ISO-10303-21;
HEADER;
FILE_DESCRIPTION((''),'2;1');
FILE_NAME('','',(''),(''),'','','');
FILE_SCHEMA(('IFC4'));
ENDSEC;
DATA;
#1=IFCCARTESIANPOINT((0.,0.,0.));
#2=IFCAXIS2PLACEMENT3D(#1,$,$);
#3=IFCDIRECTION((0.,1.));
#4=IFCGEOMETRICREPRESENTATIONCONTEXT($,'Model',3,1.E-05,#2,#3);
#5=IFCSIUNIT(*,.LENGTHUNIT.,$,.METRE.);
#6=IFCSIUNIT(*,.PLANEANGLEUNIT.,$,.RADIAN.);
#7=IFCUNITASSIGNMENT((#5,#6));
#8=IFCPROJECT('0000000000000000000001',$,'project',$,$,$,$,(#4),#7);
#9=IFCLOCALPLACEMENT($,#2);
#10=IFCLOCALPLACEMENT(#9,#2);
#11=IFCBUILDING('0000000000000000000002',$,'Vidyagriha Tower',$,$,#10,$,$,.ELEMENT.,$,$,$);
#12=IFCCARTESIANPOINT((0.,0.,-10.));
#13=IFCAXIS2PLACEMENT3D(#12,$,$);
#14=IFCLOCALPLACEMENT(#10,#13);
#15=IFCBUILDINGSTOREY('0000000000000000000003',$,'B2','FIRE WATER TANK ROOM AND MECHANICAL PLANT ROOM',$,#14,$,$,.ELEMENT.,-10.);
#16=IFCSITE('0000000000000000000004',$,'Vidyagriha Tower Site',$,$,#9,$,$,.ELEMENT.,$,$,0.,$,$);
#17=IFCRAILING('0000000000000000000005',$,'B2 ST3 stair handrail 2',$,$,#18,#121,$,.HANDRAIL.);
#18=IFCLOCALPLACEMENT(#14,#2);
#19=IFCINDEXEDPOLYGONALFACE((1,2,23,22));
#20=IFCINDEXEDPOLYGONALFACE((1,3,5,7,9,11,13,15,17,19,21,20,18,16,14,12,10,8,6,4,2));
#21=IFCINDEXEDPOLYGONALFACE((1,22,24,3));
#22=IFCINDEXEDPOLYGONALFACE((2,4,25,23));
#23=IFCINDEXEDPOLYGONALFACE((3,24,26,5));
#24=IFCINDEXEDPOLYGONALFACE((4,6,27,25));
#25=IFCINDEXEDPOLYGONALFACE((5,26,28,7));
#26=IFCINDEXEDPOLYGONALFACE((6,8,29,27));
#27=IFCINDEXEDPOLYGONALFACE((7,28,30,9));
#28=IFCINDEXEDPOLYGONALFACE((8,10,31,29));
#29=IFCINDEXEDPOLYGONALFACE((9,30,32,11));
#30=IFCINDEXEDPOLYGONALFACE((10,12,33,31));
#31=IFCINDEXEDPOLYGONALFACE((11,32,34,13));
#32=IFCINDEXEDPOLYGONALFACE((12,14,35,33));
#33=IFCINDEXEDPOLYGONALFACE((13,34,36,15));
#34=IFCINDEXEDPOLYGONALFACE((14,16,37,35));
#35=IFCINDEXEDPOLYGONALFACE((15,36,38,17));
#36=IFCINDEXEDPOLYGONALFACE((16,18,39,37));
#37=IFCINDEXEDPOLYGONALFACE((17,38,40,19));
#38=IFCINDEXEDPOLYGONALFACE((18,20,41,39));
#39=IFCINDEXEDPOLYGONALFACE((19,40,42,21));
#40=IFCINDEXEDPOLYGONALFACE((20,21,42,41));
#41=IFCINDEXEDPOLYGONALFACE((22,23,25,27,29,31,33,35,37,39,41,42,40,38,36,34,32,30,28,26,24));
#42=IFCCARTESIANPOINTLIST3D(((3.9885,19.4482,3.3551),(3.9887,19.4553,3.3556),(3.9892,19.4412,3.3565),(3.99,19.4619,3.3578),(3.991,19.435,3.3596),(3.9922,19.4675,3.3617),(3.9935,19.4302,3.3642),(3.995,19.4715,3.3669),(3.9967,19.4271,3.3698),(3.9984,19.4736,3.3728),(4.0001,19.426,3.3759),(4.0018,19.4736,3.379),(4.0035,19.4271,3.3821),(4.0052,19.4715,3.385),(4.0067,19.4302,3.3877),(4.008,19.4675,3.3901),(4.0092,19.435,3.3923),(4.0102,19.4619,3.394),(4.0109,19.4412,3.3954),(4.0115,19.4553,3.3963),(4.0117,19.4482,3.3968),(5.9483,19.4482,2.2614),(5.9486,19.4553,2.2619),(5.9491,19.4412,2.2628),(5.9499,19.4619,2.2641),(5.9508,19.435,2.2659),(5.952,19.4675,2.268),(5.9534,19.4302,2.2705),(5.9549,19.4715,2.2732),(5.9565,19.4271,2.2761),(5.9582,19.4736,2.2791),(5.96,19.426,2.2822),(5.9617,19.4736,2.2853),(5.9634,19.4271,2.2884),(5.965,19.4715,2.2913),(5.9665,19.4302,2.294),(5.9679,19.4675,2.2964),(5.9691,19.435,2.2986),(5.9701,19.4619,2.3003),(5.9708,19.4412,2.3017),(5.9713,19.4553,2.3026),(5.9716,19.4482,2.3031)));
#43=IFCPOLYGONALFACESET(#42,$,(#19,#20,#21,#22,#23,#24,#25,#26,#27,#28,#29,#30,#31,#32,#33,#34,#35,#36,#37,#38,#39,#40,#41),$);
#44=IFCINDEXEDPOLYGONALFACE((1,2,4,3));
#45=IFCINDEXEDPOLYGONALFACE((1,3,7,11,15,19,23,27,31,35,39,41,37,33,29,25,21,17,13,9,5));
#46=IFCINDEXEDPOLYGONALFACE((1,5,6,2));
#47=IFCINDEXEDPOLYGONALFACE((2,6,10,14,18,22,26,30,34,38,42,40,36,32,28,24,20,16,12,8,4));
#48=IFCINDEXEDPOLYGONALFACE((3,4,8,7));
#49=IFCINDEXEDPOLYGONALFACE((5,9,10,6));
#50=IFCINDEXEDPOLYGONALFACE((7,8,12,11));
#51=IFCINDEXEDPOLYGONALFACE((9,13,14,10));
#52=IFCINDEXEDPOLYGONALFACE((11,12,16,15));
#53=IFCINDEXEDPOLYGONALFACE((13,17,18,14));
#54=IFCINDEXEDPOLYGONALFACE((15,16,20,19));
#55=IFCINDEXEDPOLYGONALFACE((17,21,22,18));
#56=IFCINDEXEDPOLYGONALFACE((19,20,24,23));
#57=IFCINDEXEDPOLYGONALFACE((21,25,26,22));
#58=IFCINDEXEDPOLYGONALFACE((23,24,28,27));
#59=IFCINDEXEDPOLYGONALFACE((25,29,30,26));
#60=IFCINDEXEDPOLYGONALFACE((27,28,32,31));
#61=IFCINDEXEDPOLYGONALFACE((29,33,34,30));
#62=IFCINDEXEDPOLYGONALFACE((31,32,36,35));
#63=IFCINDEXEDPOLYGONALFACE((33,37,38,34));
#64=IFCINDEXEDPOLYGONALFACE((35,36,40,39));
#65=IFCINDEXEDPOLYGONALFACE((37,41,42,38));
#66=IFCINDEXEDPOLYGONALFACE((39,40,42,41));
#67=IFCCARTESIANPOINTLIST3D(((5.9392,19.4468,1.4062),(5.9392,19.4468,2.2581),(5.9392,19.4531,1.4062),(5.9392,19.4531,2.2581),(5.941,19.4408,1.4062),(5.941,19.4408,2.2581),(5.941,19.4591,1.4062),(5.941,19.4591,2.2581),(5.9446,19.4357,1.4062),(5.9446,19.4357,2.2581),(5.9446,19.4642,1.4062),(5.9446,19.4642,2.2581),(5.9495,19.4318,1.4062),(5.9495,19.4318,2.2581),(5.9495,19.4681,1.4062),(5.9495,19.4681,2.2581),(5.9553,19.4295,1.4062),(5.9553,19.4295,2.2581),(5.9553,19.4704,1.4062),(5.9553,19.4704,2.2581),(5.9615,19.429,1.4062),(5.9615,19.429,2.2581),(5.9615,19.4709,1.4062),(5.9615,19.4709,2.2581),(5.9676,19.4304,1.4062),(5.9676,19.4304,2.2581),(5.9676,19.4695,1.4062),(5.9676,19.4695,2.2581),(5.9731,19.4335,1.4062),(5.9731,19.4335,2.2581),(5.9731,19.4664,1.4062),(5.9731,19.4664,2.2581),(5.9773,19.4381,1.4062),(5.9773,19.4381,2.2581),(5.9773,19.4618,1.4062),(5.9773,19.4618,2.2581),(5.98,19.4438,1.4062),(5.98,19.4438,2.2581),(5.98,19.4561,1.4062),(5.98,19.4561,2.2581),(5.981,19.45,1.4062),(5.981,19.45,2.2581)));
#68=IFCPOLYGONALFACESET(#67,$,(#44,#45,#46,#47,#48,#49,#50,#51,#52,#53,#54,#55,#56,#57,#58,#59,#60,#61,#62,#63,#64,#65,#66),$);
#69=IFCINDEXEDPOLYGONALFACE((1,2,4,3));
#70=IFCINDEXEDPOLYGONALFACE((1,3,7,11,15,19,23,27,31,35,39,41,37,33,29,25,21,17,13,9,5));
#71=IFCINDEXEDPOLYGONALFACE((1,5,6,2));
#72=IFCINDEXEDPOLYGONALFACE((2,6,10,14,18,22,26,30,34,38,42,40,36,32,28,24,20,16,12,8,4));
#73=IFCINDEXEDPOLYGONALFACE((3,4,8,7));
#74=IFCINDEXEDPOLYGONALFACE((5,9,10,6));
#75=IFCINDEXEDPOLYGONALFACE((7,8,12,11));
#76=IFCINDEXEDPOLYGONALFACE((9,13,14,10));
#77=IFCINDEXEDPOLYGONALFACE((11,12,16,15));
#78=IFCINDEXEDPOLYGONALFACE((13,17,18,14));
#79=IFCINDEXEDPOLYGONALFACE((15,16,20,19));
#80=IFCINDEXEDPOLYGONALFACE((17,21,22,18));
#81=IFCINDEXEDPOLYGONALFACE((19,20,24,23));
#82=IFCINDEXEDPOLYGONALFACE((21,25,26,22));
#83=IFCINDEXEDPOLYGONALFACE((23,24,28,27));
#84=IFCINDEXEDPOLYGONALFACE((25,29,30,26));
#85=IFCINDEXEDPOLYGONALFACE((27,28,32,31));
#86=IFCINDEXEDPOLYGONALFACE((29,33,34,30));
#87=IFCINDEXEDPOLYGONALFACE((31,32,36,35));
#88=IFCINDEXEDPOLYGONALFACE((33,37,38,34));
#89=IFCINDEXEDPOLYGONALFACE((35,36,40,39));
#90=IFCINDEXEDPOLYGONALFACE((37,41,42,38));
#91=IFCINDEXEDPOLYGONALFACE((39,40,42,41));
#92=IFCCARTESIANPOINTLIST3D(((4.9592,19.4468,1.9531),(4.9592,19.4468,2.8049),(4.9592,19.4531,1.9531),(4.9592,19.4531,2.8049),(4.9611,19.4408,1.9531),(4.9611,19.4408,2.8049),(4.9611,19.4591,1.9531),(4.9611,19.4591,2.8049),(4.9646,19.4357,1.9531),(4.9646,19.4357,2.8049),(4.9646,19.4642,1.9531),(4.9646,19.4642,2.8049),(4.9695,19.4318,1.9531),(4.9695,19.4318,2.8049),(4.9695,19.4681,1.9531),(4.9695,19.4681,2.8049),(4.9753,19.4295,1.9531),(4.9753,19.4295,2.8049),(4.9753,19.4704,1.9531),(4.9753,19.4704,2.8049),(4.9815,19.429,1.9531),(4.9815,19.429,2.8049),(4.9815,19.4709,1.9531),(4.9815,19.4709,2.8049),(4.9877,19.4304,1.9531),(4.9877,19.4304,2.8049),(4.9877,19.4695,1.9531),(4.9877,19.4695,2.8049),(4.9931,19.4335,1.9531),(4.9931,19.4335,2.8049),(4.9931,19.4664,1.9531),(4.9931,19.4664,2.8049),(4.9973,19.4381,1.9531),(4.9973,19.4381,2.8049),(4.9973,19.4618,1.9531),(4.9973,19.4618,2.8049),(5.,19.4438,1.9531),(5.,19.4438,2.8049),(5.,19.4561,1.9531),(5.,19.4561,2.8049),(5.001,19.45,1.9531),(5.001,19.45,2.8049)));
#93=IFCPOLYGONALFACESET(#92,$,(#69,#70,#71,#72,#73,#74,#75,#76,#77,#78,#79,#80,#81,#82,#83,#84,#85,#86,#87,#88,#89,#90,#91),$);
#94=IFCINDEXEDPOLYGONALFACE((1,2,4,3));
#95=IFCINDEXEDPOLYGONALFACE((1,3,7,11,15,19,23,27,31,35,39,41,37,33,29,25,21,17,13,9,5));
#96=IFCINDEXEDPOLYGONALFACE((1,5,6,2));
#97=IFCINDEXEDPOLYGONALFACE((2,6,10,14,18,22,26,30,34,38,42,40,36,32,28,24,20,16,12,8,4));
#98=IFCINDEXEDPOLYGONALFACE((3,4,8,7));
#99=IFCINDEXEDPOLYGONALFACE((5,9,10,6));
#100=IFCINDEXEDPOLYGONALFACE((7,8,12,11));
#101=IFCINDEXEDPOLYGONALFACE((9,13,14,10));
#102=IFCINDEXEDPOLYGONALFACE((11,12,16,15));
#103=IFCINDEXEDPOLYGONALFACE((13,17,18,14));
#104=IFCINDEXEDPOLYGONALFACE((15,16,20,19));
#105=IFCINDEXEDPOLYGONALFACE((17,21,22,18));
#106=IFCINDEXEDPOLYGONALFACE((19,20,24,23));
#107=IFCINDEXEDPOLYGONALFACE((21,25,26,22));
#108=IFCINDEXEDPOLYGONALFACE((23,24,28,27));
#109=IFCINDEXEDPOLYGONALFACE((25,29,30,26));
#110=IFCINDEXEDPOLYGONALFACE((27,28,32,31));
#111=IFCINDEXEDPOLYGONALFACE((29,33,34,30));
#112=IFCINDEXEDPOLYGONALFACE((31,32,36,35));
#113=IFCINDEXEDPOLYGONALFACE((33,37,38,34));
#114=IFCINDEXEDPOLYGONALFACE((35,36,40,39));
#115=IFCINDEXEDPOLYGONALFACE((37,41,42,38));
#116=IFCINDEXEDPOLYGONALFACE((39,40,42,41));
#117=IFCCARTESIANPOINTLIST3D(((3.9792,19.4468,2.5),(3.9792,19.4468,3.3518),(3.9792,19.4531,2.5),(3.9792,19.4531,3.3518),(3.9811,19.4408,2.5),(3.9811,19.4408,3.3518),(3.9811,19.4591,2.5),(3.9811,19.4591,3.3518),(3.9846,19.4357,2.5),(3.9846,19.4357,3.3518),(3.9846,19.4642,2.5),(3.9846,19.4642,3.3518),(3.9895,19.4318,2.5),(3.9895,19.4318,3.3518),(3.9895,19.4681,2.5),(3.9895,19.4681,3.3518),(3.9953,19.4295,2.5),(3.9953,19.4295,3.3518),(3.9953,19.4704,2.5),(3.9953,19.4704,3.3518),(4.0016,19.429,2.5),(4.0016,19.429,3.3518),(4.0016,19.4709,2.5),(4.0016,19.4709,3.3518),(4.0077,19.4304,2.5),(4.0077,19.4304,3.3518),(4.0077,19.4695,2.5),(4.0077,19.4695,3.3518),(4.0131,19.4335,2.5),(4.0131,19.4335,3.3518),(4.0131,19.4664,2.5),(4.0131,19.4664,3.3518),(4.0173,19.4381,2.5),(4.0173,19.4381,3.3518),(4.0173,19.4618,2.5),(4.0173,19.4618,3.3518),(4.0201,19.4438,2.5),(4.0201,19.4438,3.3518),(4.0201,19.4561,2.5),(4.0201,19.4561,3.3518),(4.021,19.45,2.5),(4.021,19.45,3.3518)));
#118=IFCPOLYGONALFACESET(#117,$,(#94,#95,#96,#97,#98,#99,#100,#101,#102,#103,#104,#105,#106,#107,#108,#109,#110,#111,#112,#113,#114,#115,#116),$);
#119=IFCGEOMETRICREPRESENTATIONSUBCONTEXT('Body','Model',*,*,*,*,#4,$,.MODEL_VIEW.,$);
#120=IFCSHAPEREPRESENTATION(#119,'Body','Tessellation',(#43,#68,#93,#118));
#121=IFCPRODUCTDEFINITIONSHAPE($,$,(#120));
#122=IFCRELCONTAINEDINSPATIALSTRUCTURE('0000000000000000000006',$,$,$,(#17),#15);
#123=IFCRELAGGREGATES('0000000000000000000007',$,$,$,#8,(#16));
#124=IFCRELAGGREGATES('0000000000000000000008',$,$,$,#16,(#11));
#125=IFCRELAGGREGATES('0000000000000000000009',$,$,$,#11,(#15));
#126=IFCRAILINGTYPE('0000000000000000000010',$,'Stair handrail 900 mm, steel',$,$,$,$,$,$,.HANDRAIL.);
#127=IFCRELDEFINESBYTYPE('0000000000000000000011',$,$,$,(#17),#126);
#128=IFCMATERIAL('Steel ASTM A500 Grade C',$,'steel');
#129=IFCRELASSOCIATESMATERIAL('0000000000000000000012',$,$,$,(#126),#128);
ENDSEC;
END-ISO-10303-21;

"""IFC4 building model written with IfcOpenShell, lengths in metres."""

from ifc_helpers import new_model, si_unit, direction, frame, origin, origin_2d, place, context, subcontext, project, spatial, circle, extrude, material, type_object, element, save


model = new_model("IFC4")

# Units and contexts
model_context = context("Model", 3, precision=1e-05, world=origin(), true_north=direction((0.0, 1.0)))
body_context = subcontext(model_context, "Body", "Model", "MODEL_VIEW")
ifc_project = project(units=[si_unit("LENGTHUNIT", "METRE"), si_unit("PLANEANGLEUNIT", "RADIAN")], contexts=[model_context])

# Site, building, storey
site_placement = place(None, origin())
site = spatial("IfcSite", under=ifc_project, at=site_placement, Name="Vidyagriha Tower Site", CompositionType="ELEMENT", RefElevation=0.0)
building_placement = place(site_placement, origin())
building = spatial("IfcBuilding", under=site, at=building_placement, Name="Vidyagriha Tower", CompositionType="ELEMENT")
storey_placement = place(building_placement, frame((0.0, 0.0, -10.0)))
storey = spatial("IfcBuildingStorey", under=building, at=storey_placement, Name="B2", Description="FIRE WATER TANK ROOM AND MECHANICAL PLANT ROOM", CompositionType="ELEMENT", Elevation=-10.0)

# Railing
ifc_material_1 = material(Name="Steel ASTM A500 Grade C", Category="steel")
railing_type_1 = type_object("IfcRailingType", Name="Stair handrail 900 mm, steel", PredefinedType="HANDRAIL", material=ifc_material_1)
railing_1_placement = place(storey_placement, frame((5.96, 19.45, 1.4062)))
element("IfcRailing", 1, at=railing_1_placement, inside=storey, type_object=railing_type_1, Name="B2 ST3 stair handrail 2", PredefinedType="HANDRAIL", context=body_context, shape_type="SweptSolid", body=[
    extrude(circle(Radius=0.0239, at=origin_2d()), frame((0.0, 0.0, 0.876), z_axis=(-0.873232, 0.0, 0.487304), x_axis=(0.0, -1.0, 0.0)), (0.0, 0.0, 1.0), 2.2444),
    extrude(circle(Radius=0.021, at=origin_2d()), origin(), (0.0, 0.0, 1.0), 0.8518),
    extrude(circle(Radius=0.021, at=origin_2d()), frame((-0.98, 0.0, 0.5469)), (0.0, 0.0, 1.0), 0.8518),
    extrude(circle(Radius=0.021, at=origin_2d()), frame((-1.96, 0.0, 1.0938)), (0.0, 0.0, 1.0), 0.8518),
])

save(model, "model.ifc")
